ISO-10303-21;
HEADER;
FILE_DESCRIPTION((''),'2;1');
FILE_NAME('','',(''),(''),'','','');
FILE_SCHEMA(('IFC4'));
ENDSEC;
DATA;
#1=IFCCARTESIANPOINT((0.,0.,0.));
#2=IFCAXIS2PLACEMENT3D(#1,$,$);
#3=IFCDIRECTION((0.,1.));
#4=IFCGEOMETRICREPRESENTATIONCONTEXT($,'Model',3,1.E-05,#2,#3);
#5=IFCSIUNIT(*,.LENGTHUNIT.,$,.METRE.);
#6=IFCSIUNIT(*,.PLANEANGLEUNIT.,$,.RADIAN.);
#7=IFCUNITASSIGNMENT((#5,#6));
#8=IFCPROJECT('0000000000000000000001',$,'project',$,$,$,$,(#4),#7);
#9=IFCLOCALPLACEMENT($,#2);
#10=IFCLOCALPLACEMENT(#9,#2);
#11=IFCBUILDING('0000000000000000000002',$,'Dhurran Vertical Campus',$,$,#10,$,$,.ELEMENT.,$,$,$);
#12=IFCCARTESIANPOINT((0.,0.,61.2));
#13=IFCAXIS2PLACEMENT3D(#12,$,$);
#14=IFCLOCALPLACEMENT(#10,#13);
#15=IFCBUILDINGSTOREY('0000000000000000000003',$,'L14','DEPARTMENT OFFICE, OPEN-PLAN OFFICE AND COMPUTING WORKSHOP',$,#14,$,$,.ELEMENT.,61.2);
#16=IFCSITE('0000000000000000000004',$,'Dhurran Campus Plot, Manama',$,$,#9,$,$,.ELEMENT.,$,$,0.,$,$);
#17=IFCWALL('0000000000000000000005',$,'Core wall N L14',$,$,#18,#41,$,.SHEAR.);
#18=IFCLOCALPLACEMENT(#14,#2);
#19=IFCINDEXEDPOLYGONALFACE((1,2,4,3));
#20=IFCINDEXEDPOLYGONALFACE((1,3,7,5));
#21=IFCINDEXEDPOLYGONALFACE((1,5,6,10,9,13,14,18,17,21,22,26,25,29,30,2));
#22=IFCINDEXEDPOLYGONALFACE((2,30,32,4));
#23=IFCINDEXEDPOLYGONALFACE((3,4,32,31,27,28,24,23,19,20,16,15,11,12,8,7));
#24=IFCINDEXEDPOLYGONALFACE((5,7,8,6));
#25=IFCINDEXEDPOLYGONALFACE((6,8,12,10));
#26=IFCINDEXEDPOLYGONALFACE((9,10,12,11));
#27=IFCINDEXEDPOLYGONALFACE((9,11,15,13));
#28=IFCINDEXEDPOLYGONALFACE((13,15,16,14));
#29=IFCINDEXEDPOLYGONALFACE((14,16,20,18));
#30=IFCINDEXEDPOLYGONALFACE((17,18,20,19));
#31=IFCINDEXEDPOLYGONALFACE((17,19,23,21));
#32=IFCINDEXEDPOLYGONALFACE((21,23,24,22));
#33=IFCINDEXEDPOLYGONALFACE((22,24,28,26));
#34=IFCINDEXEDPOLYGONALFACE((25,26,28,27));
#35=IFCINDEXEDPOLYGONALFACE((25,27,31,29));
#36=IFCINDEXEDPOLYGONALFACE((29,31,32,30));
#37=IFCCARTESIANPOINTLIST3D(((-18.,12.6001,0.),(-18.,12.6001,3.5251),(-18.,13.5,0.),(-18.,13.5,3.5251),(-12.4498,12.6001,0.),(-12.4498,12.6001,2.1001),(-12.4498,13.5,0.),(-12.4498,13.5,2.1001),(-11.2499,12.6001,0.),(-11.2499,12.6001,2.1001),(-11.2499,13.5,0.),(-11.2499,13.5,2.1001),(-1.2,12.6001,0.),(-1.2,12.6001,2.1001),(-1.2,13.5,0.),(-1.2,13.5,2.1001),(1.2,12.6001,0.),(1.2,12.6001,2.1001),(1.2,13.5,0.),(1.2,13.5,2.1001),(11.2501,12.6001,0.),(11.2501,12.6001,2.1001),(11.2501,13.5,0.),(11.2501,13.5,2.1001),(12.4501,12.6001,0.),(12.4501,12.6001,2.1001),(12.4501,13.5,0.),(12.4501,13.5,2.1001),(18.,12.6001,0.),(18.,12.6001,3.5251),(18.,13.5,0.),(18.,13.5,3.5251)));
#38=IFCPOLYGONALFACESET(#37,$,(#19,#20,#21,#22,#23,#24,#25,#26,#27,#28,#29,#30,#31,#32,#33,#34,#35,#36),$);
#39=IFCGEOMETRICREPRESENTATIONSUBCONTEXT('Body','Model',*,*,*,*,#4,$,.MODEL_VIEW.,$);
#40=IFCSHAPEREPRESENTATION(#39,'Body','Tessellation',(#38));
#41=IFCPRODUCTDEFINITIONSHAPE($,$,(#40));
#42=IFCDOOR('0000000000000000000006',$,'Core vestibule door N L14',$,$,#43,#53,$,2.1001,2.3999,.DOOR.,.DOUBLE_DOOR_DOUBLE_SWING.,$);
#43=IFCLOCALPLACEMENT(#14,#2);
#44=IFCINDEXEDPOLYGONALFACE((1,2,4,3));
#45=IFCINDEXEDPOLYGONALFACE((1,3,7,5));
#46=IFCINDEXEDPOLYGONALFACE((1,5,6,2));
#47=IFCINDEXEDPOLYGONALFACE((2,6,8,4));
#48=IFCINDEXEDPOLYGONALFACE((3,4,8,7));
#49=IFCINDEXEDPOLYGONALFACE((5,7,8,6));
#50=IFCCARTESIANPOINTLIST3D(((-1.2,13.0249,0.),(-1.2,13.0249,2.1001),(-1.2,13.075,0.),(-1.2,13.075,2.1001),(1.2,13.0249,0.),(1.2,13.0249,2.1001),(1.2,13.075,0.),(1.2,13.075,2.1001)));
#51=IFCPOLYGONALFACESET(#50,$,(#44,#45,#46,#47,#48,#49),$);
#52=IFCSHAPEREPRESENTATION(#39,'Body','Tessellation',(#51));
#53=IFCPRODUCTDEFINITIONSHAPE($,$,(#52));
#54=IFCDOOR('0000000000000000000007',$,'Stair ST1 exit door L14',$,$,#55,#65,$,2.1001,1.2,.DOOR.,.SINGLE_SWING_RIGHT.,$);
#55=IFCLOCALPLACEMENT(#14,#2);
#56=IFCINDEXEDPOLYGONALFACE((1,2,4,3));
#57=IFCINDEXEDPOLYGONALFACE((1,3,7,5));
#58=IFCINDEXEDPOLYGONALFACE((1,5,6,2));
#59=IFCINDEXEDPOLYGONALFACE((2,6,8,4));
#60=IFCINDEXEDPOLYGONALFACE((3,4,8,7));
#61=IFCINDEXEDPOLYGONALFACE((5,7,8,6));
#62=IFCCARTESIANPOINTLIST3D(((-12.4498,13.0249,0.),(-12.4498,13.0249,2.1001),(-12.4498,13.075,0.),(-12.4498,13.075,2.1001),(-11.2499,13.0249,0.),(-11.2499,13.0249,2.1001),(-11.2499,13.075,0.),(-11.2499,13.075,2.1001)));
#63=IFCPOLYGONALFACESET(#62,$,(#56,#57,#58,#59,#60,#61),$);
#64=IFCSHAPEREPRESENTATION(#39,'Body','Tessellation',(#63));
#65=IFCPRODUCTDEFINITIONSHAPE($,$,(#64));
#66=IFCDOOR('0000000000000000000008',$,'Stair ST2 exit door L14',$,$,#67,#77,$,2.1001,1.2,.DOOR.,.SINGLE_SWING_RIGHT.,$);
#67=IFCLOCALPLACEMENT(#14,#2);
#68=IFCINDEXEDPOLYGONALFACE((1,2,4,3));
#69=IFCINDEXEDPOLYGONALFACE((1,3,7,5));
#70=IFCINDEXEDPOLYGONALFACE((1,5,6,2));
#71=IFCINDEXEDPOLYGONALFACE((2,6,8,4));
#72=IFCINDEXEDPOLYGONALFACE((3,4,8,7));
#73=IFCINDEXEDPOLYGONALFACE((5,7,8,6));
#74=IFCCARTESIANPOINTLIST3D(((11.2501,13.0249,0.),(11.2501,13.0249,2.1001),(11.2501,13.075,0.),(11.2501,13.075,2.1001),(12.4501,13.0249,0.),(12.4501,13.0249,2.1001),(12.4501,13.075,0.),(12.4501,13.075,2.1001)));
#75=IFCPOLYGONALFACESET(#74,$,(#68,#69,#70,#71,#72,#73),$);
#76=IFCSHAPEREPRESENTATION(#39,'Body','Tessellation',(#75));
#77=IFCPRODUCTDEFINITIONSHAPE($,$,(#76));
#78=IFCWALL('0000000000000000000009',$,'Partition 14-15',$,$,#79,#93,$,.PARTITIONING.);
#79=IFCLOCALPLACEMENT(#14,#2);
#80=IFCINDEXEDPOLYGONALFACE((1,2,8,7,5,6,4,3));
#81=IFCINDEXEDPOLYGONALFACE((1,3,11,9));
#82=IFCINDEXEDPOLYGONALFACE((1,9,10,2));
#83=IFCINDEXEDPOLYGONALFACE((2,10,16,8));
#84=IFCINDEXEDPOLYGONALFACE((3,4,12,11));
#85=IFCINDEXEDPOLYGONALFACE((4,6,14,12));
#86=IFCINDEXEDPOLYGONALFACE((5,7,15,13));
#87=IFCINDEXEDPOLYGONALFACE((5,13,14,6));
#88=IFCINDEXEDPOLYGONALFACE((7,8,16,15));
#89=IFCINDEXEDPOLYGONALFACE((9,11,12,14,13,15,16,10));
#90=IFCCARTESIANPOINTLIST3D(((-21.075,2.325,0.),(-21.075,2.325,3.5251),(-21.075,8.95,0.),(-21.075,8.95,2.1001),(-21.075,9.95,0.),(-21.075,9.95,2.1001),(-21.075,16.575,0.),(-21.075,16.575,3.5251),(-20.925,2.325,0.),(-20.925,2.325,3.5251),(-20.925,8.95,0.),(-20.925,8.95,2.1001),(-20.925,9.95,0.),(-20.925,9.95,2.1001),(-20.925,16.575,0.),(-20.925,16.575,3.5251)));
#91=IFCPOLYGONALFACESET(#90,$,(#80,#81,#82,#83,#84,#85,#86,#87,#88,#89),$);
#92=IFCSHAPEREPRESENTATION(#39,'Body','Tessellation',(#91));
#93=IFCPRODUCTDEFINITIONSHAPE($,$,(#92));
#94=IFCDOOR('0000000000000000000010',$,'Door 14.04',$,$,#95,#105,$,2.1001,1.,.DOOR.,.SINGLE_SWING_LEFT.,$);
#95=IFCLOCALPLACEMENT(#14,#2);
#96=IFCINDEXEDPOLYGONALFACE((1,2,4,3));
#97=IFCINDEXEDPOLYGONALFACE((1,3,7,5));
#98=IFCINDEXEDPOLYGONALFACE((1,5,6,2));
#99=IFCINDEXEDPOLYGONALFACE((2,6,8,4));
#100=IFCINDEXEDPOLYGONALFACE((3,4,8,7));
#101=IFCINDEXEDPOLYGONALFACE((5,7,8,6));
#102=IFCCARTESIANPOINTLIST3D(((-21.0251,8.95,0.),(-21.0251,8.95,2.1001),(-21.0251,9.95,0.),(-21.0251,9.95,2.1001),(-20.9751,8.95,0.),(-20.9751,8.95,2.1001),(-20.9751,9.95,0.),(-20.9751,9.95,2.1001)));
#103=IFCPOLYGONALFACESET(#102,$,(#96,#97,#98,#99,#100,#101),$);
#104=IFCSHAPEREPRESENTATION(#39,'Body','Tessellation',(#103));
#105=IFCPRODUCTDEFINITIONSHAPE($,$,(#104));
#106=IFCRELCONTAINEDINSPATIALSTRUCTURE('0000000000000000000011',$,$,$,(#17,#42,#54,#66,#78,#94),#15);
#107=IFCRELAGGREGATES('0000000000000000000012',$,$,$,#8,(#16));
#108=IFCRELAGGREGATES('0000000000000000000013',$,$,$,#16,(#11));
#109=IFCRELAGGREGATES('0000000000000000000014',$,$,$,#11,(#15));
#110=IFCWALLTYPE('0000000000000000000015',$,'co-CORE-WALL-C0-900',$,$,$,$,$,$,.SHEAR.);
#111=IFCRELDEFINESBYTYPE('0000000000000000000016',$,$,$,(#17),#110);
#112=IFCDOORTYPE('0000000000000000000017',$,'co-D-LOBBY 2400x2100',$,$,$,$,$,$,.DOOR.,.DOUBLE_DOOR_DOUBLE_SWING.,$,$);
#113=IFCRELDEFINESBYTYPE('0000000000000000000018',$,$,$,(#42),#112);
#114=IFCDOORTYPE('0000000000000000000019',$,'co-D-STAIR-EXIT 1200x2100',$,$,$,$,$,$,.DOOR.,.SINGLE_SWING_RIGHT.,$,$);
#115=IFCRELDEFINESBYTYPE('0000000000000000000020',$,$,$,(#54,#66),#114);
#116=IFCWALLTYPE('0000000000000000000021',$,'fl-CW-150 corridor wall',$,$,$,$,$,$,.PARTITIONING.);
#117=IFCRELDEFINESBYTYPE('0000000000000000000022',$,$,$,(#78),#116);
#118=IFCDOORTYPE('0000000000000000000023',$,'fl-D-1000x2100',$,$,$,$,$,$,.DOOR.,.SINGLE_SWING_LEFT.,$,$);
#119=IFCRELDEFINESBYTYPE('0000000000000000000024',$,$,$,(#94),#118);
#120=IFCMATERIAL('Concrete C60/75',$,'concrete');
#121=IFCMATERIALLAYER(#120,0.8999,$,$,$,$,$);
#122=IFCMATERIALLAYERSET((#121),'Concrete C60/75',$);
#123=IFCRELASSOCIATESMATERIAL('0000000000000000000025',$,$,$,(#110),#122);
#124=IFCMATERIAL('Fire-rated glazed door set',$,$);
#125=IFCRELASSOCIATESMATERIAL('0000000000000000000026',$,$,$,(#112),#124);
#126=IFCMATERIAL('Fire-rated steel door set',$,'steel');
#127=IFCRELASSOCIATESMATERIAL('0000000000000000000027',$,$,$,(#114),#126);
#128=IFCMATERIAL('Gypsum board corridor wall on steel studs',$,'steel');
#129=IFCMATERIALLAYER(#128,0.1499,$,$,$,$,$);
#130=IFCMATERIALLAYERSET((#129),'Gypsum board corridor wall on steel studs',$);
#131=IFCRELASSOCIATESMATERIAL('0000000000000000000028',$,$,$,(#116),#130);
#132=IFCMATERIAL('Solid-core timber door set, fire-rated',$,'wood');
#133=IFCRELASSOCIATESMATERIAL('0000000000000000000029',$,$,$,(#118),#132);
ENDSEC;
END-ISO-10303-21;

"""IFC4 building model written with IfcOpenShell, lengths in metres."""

from ifc_helpers import new_model, si_unit, direction, frame, frame_2d, origin, place, context, subcontext, project, spatial, rectangle, extrude, material, layer, layer_set, type_object, element, fill, save


model = new_model("IFC4")

# Units and contexts
model_context = context("Model", 3, precision=1e-05, world=origin(), true_north=direction((0.0, 1.0)))
body_context = subcontext(model_context, "Body", "Model", "MODEL_VIEW")
ifc_project = project(units=[si_unit("LENGTHUNIT", "METRE"), si_unit("PLANEANGLEUNIT", "RADIAN")], contexts=[model_context])

# Site, building, storey
site_placement = place(None, origin())
site = spatial("IfcSite", under=ifc_project, at=site_placement, Name="Dhurran Campus Plot, Manama", CompositionType="ELEMENT", RefElevation=0.0)
building_placement = place(site_placement, origin())
building = spatial("IfcBuilding", under=site, at=building_placement, Name="Dhurran Vertical Campus", CompositionType="ELEMENT")
storey_placement = place(building_placement, frame((0.0, 0.0, 61.2)))
storey = spatial("IfcBuildingStorey", under=building, at=storey_placement, Name="L14", Description="DEPARTMENT OFFICE, OPEN-PLAN OFFICE AND COMPUTING WORKSHOP", CompositionType="ELEMENT", Elevation=61.2)

# Wall, openings, doors
ifc_material_1 = material(Name="Concrete C60/75", Category="concrete")
ifc_layer_1 = layer(ifc_material_1, 0.8999)
ifc_layer_set_1 = layer_set([ifc_layer_1], Name="Concrete C60/75")
wall_type_1 = type_object("IfcWallType", Name="co-CORE-WALL-C0-900", PredefinedType="SHEAR", material=ifc_layer_set_1)
wall_1_placement = place(storey_placement, frame((-18.0, 13.05, 0.0), z_axis=(0.0, 0.0, 1.0), x_axis=(1.0, 0.0, 0.0)))
wall_1 = element("IfcWall", 1, at=wall_1_placement, inside=storey, type_object=wall_type_1, Name="Core wall N L14", PredefinedType="SHEAR", context=body_context, shape_type="SweptSolid", body=[
    extrude(rectangle(XDim=36.0, YDim=0.8999, at=frame_2d((18.0, 0.0))), origin(), (0.0, 0.0, 1.0), 3.5251),
])
opening_1_placement = place(wall_1_placement, frame((16.8, 0.0, 0.0)))
opening_1 = element("IfcOpeningElement", 2, at=opening_1_placement, cuts=wall_1, PredefinedType="OPENING", context=body_context, shape_type="SweptSolid", body=[
    extrude(rectangle(XDim=2.3999, YDim=2.1001, at=frame_2d((1.2, 1.05))), frame((0.0, 0.46, 0.0), z_axis=(0.0, -1.0, 0.0), x_axis=(1.0, 0.0, 0.0)), (0.0, 0.0, 1.0), 0.9199),
])
opening_2_placement = place(wall_1_placement, frame((5.55, 0.0, 0.0)))
opening_2 = element("IfcOpeningElement", 3, at=opening_2_placement, cuts=wall_1, PredefinedType="OPENING", context=body_context, shape_type="SweptSolid", body=[
    extrude(rectangle(XDim=1.2, YDim=2.1001, at=frame_2d((0.6001, 1.05))), frame((0.0, 0.46, 0.0), z_axis=(0.0, -1.0, 0.0), x_axis=(1.0, 0.0, 0.0)), (0.0, 0.0, 1.0), 0.9199),
])
opening_3_placement = place(wall_1_placement, frame((29.25, 0.0, 0.0)))
opening_3 = element("IfcOpeningElement", 4, at=opening_3_placement, cuts=wall_1, PredefinedType="OPENING", context=body_context, shape_type="SweptSolid", body=[
    extrude(rectangle(XDim=1.2, YDim=2.1001, at=frame_2d((0.6001, 1.05))), frame((0.0, 0.46, 0.0), z_axis=(0.0, -1.0, 0.0), x_axis=(1.0, 0.0, 0.0)), (0.0, 0.0, 1.0), 0.9199),
])
ifc_material_2 = material(Name="Fire-rated glazed door set")
door_type_1 = type_object("IfcDoorType", Name="co-D-LOBBY 2400x2100", OperationType="DOUBLE_DOOR_DOUBLE_SWING", PredefinedType="DOOR", material=ifc_material_2)
door_1_placement = place(opening_1_placement, origin())
door_1 = element("IfcDoor", 5, at=door_1_placement, inside=storey, type_object=door_type_1, Name="Core vestibule door N L14", OperationType="DOUBLE_DOOR_DOUBLE_SWING", OverallHeight=2.1001, OverallWidth=2.3999, PredefinedType="DOOR", context=body_context, shape_type="SweptSolid", body=[
    extrude(rectangle(XDim=2.3999, YDim=2.1001, at=frame_2d((1.2, 1.05))), frame((0.0, 0.0249, 0.0), z_axis=(0.0, -1.0, 0.0), x_axis=(1.0, 0.0, 0.0)), (0.0, 0.0, 1.0), 0.05),
])
fill(opening_1, door_1)
ifc_material_3 = material(Name="Fire-rated steel door set", Category="steel")
door_type_2 = type_object("IfcDoorType", Name="co-D-STAIR-EXIT 1200x2100", OperationType="SINGLE_SWING_RIGHT", PredefinedType="DOOR", material=ifc_material_3)
door_2_placement = place(opening_2_placement, origin())
door_2 = element("IfcDoor", 6, at=door_2_placement, inside=storey, type_object=door_type_2, Name="Stair ST1 exit door L14", OperationType="SINGLE_SWING_RIGHT", OverallHeight=2.1001, OverallWidth=1.2, PredefinedType="DOOR", context=body_context, shape_type="SweptSolid", body=[
    extrude(rectangle(XDim=1.2, YDim=2.1001, at=frame_2d((0.6001, 1.05))), frame((0.0, 0.0249, 0.0), z_axis=(0.0, -1.0, 0.0), x_axis=(1.0, 0.0, 0.0)), (0.0, 0.0, 1.0), 0.05),
])
fill(opening_2, door_2)
door_3_placement = place(opening_3_placement, origin())
door_3 = element("IfcDoor", 7, at=door_3_placement, inside=storey, type_object=door_type_2, Name="Stair ST2 exit door L14", OperationType="SINGLE_SWING_RIGHT", OverallHeight=2.1001, OverallWidth=1.2, PredefinedType="DOOR", context=body_context, shape_type="SweptSolid", body=[
    extrude(rectangle(XDim=1.2, YDim=2.1001, at=frame_2d((0.6001, 1.05))), frame((0.0, 0.0249, 0.0), z_axis=(0.0, -1.0, 0.0), x_axis=(1.0, 0.0, 0.0)), (0.0, 0.0, 1.0), 0.05),
])
fill(opening_3, door_3)

# Wall, opening, door
ifc_material_4 = material(Name="Gypsum board corridor wall on steel studs", Category="steel")
ifc_layer_2 = layer(ifc_material_4, 0.1499)
ifc_layer_set_2 = layer_set([ifc_layer_2], Name="Gypsum board corridor wall on steel studs")
wall_type_2 = type_object("IfcWallType", Name="fl-CW-150 corridor wall", PredefinedType="PARTITIONING", material=ifc_layer_set_2)
wall_2_placement = place(storey_placement, frame((-21.0, 16.575, 0.0), z_axis=(0.0, 0.0, 1.0), x_axis=(0.0, -1.0, 0.0)))
wall_2 = element("IfcWall", 8, at=wall_2_placement, inside=storey, type_object=wall_type_2, Name="Partition 14-15", PredefinedType="PARTITIONING", context=body_context, shape_type="SweptSolid", body=[
    extrude(rectangle(XDim=14.25, YDim=0.1499, at=frame_2d((7.125, 0.0))), origin(), (0.0, 0.0, 1.0), 3.5251),
])
opening_4_placement = place(wall_2_placement, frame((6.625, 0.0, 0.0)))
opening_4 = element("IfcOpeningElement", 9, at=opening_4_placement, cuts=wall_2, PredefinedType="OPENING", context=body_context, shape_type="SweptSolid", body=[
    extrude(rectangle(XDim=1.0, YDim=2.1001, at=frame_2d((0.5, 1.05))), frame((0.0, 0.085, 0.0), z_axis=(0.0, -1.0, 0.0), x_axis=(1.0, 0.0, 0.0)), (0.0, 0.0, 1.0), 0.1699),
])
ifc_material_5 = material(Name="Solid-core timber door set, fire-rated", Category="wood")
door_type_3 = type_object("IfcDoorType", Name="fl-D-1000x2100", OperationType="SINGLE_SWING_LEFT", PredefinedType="DOOR", material=ifc_material_5)
door_4_placement = place(opening_4_placement, origin())
door_4 = element("IfcDoor", 10, at=door_4_placement, inside=storey, type_object=door_type_3, Name="Door 14.04", OperationType="SINGLE_SWING_LEFT", OverallHeight=2.1001, OverallWidth=1.0, PredefinedType="DOOR", context=body_context, shape_type="SweptSolid", body=[
    extrude(rectangle(XDim=1.0, YDim=2.1001, at=frame_2d((0.5, 1.05))), frame((0.0, 0.0249, 0.0), z_axis=(0.0, -1.0, 0.0), x_axis=(1.0, 0.0, 0.0)), (0.0, 0.0, 1.0), 0.05),
])
fill(opening_4, door_4)

save(model, "model.ifc")
